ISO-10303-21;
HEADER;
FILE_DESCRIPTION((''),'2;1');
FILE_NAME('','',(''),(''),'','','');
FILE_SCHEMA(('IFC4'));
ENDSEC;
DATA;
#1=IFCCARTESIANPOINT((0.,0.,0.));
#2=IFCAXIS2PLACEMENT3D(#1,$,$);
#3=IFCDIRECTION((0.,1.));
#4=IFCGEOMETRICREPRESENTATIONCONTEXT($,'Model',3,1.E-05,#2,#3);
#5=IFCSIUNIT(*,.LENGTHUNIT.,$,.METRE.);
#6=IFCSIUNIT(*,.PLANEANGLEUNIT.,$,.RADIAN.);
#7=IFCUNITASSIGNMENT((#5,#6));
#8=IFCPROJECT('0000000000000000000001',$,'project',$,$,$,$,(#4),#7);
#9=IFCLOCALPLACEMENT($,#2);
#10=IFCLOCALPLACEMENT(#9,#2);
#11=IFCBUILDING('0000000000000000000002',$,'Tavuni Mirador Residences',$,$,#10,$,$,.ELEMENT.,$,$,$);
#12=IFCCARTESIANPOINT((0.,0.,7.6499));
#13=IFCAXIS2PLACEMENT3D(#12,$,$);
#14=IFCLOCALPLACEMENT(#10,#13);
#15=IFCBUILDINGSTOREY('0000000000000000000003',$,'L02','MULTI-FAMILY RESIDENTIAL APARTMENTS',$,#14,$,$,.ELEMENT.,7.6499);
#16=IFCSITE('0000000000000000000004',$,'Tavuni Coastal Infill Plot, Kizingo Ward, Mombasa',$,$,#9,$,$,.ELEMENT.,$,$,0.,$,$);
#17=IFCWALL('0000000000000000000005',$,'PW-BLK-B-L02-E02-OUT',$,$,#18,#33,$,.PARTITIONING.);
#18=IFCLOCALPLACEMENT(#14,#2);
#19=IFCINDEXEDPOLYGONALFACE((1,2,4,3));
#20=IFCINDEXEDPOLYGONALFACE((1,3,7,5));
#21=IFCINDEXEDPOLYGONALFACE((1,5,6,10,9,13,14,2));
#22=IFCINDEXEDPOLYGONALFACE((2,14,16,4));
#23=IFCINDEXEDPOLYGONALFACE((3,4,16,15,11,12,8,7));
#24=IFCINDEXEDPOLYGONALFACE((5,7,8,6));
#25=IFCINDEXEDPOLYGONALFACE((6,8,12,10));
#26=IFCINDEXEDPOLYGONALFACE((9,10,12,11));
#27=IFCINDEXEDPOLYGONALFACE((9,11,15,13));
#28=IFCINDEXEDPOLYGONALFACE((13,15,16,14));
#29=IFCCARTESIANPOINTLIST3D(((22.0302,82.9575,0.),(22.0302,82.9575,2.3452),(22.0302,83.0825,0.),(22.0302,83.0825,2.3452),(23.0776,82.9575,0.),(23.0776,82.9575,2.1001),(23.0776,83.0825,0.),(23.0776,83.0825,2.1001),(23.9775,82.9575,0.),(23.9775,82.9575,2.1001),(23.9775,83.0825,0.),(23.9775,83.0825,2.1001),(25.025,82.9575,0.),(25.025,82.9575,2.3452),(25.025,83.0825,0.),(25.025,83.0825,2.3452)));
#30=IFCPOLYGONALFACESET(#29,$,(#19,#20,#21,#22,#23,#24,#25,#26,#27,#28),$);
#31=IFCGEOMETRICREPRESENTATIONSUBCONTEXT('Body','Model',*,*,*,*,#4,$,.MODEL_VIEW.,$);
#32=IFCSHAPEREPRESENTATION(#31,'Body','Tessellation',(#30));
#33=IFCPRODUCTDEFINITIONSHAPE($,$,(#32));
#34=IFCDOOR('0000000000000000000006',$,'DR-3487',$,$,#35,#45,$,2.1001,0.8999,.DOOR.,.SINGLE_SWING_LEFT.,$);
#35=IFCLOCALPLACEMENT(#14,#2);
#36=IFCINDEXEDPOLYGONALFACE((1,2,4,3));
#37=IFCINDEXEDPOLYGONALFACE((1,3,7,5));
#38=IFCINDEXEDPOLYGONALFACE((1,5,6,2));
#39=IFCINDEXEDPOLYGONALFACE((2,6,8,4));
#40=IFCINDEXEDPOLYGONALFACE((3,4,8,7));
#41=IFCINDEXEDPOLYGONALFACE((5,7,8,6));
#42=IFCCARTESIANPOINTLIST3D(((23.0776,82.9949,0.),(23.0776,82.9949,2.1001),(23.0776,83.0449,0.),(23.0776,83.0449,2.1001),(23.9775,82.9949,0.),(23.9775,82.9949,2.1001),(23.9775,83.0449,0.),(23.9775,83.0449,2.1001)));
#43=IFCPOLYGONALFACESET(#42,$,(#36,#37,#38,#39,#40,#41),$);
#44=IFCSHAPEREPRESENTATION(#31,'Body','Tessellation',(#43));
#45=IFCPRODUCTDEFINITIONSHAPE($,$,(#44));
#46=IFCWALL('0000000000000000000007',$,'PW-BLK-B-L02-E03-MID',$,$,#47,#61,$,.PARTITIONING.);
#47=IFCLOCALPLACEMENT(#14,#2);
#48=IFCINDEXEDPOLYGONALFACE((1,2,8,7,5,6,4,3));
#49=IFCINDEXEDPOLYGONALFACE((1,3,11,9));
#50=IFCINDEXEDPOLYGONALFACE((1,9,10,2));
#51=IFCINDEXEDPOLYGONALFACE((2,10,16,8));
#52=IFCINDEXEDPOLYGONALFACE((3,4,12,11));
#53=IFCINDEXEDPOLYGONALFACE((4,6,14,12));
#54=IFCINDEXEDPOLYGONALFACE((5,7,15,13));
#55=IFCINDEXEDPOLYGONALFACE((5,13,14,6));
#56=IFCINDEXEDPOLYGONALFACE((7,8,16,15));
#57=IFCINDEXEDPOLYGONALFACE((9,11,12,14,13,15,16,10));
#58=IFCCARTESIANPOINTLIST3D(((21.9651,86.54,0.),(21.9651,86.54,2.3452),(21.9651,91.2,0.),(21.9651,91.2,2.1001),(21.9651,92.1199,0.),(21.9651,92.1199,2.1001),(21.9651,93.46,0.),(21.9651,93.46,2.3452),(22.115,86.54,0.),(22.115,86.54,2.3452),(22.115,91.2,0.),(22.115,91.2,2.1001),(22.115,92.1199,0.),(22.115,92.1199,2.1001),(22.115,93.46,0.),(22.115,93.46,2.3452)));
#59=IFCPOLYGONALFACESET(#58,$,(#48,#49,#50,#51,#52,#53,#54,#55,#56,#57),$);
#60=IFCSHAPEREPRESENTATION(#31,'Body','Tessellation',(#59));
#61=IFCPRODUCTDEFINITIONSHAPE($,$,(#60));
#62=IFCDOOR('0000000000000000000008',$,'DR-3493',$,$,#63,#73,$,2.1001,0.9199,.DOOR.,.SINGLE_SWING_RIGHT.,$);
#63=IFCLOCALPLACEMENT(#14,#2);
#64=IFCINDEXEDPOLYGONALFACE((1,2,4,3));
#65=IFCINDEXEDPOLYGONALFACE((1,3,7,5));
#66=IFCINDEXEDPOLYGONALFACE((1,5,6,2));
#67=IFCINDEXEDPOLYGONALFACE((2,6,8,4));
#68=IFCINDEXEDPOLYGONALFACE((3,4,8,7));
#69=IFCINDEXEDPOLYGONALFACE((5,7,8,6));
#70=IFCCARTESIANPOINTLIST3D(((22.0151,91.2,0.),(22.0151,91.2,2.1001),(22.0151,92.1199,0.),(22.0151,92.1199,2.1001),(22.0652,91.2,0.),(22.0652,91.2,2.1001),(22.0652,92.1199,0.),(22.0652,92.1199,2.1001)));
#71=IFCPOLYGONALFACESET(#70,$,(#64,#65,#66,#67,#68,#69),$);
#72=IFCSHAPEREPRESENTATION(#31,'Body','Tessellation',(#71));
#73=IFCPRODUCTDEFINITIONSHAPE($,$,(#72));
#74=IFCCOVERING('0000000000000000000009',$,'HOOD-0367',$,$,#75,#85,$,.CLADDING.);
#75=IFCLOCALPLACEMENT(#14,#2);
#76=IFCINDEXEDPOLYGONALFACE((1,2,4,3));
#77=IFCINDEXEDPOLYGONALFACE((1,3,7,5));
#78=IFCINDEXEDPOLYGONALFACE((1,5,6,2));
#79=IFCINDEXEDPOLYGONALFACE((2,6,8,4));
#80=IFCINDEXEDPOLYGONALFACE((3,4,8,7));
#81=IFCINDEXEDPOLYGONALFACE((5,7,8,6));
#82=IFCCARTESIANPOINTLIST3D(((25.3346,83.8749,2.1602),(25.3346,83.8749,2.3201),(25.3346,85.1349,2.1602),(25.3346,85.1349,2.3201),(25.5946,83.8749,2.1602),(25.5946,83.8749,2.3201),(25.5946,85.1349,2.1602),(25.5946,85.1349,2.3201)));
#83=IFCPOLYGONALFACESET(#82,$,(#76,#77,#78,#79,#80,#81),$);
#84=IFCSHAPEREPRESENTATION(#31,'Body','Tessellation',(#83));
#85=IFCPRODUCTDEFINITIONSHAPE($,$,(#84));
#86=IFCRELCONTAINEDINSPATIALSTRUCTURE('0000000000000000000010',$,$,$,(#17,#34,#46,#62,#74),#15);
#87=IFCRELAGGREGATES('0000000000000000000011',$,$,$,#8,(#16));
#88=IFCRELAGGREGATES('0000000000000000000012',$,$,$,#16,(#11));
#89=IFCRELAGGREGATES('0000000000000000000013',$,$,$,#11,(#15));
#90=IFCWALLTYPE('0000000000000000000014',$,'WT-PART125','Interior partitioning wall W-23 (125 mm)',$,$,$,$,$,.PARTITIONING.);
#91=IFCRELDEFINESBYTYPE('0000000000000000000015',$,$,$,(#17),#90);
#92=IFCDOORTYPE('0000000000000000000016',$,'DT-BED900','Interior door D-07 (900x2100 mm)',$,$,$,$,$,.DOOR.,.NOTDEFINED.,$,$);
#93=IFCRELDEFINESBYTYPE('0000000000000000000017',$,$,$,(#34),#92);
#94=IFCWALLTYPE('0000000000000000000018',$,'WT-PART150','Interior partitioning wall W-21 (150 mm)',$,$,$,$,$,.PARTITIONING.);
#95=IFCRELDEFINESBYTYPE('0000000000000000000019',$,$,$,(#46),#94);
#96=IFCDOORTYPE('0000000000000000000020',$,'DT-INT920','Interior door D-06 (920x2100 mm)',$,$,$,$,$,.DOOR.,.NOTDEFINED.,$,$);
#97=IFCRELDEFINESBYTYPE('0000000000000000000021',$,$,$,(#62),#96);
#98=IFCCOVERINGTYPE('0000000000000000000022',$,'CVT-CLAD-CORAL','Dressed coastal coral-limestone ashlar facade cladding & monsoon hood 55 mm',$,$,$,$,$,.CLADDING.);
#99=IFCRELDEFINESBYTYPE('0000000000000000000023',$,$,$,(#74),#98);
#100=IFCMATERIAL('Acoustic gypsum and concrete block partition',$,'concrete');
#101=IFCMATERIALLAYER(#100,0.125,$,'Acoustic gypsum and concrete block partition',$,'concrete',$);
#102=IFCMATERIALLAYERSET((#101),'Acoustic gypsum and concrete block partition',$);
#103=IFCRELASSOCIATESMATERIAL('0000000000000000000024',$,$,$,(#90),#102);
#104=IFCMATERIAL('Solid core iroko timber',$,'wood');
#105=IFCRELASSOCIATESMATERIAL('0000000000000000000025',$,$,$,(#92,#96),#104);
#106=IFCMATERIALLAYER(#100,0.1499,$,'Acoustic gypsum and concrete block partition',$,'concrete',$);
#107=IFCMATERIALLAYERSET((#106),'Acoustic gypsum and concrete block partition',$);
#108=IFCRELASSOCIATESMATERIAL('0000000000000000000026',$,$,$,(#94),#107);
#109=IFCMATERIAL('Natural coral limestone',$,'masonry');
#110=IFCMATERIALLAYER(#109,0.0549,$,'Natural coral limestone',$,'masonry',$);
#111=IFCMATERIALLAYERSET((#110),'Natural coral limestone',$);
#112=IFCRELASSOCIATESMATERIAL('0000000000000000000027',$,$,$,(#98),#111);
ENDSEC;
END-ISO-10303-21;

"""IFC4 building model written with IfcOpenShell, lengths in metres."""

from ifc_helpers import new_model, si_unit, direction, frame, frame_2d, origin, origin_2d, place, context, subcontext, project, spatial, rectangle, extrude, material, layer, layer_set, type_object, element, fill, save


model = new_model("IFC4")

# Units and contexts
model_context = context("Model", 3, precision=1e-05, world=origin(), true_north=direction((0.0, 1.0)))
body_context = subcontext(model_context, "Body", "Model", "MODEL_VIEW")
ifc_project = project(units=[si_unit("LENGTHUNIT", "METRE"), si_unit("PLANEANGLEUNIT", "RADIAN")], contexts=[model_context])

# Site, building, storey
site_placement = place(None, origin())
site = spatial("IfcSite", under=ifc_project, at=site_placement, Name="Tavuni Coastal Infill Plot, Kizingo Ward, Mombasa", CompositionType="ELEMENT", RefElevation=0.0)
building_placement = place(site_placement, origin())
building = spatial("IfcBuilding", under=site, at=building_placement, Name="Tavuni Mirador Residences", CompositionType="ELEMENT")
storey_placement = place(building_placement, frame((0.0, 0.0, 7.6499)))
storey = spatial("IfcBuildingStorey", under=building, at=storey_placement, Name="L02", Description="MULTI-FAMILY RESIDENTIAL APARTMENTS", CompositionType="ELEMENT", Elevation=7.6499)

# Walls, openings, doors
ifc_material_1 = material(Name="Acoustic gypsum and concrete block partition", Category="concrete")
ifc_layer_1 = layer(ifc_material_1, 0.125, Name="Acoustic gypsum and concrete block partition", Category="concrete")
ifc_layer_set_1 = layer_set([ifc_layer_1], Name="Acoustic gypsum and concrete block partition")
wall_type_1 = type_object("IfcWallType", Name="WT-PART125", Description="Interior partitioning wall W-23 (125 mm)", PredefinedType="PARTITIONING", material=ifc_layer_set_1)
wall_1_placement = place(storey_placement, frame((22.03, 83.02, 0.0), z_axis=(0.0, 0.0, 1.0), x_axis=(1.0, 0.0, 0.0)))
wall_1 = element("IfcWall", 1, at=wall_1_placement, inside=storey, type_object=wall_type_1, Name="PW-BLK-B-L02-E02-OUT", PredefinedType="PARTITIONING", context=body_context, shape_type="SweptSolid", body=[
    extrude(rectangle(XDim=2.9949, YDim=0.125, at=frame_2d((1.4976, 0.0))), origin(), (0.0, 0.0, 1.0), 2.3452),
])
opening_1_placement = place(wall_1_placement, frame((1.0476, 0.0, 0.0)))
opening_1 = element("IfcOpeningElement", 2, at=opening_1_placement, cuts=wall_1, PredefinedType="OPENING", context=body_context, shape_type="SweptSolid", body=[
    extrude(rectangle(XDim=0.8999, YDim=2.1001, at=frame_2d((0.45, 1.05))), frame((0.0, 0.0725, 0.0), z_axis=(0.0, -1.0, 0.0), x_axis=(1.0, 0.0, 0.0)), (0.0, 0.0, 1.0), 0.145),
])
ifc_material_2 = material(Name="Solid core iroko timber", Category="wood")
door_type_1 = type_object("IfcDoorType", Name="DT-BED900", Description="Interior door D-07 (900x2100 mm)", OperationType="NOTDEFINED", PredefinedType="DOOR", material=ifc_material_2)
door_1_placement = place(opening_1_placement, origin())
door_1 = element("IfcDoor", 3, at=door_1_placement, inside=storey, type_object=door_type_1, Name="DR-3487", OperationType="SINGLE_SWING_LEFT", OverallHeight=2.1001, OverallWidth=0.8999, PredefinedType="DOOR", context=body_context, shape_type="SweptSolid", body=[
    extrude(rectangle(XDim=0.8999, YDim=2.1001, at=frame_2d((0.45, 1.05))), frame((0.0, 0.0249, 0.0), z_axis=(0.0, -1.0, 0.0), x_axis=(1.0, 0.0, 0.0)), (0.0, 0.0, 1.0), 0.05),
])
fill(opening_1, door_1)
ifc_layer_2 = layer(ifc_material_1, 0.1499, Name="Acoustic gypsum and concrete block partition", Category="concrete")
ifc_layer_set_2 = layer_set([ifc_layer_2], Name="Acoustic gypsum and concrete block partition")
wall_type_2 = type_object("IfcWallType", Name="WT-PART150", Description="Interior partitioning wall W-21 (150 mm)", PredefinedType="PARTITIONING", material=ifc_layer_set_2)
wall_2_placement = place(storey_placement, frame((22.04, 86.54, 0.0), z_axis=(0.0, 0.0, 1.0), x_axis=(0.0, 1.0, 0.0)))
wall_2 = element("IfcWall", 4, at=wall_2_placement, inside=storey, type_object=wall_type_2, Name="PW-BLK-B-L02-E03-MID", PredefinedType="PARTITIONING", context=body_context, shape_type="SweptSolid", body=[
    extrude(rectangle(XDim=6.9199, YDim=0.1499, at=frame_2d((3.46, 0.0))), origin(), (0.0, 0.0, 1.0), 2.3452),
])
opening_2_placement = place(wall_2_placement, frame((4.6599, 0.0, 0.0)))
opening_2 = element("IfcOpeningElement", 5, at=opening_2_placement, cuts=wall_2, PredefinedType="OPENING", context=body_context, shape_type="SweptSolid", body=[
    extrude(rectangle(XDim=0.9199, YDim=2.1001, at=frame_2d((0.46, 1.05))), frame((0.0, 0.085, 0.0), z_axis=(0.0, -1.0, 0.0), x_axis=(1.0, 0.0, 0.0)), (0.0, 0.0, 1.0), 0.1699),
])
door_type_2 = type_object("IfcDoorType", Name="DT-INT920", Description="Interior door D-06 (920x2100 mm)", OperationType="NOTDEFINED", PredefinedType="DOOR", material=ifc_material_2)
door_2_placement = place(opening_2_placement, origin())
door_2 = element("IfcDoor", 6, at=door_2_placement, inside=storey, type_object=door_type_2, Name="DR-3493", OperationType="SINGLE_SWING_RIGHT", OverallHeight=2.1001, OverallWidth=0.9199, PredefinedType="DOOR", context=body_context, shape_type="SweptSolid", body=[
    extrude(rectangle(XDim=0.9199, YDim=2.1001, at=frame_2d((0.46, 1.05))), frame((0.0, 0.0249, 0.0), z_axis=(0.0, -1.0, 0.0), x_axis=(1.0, 0.0, 0.0)), (0.0, 0.0, 1.0), 0.05),
])
fill(opening_2, door_2)

# Covering
ifc_material_3 = material(Name="Natural coral limestone", Category="masonry")
ifc_layer_3 = layer(ifc_material_3, 0.0549, Name="Natural coral limestone", Category="masonry")
ifc_layer_set_3 = layer_set([ifc_layer_3], Name="Natural coral limestone")
covering_type = type_object("IfcCoveringType", Name="CVT-CLAD-CORAL", Description="Dressed coastal coral-limestone ashlar facade cladding & monsoon hood 55 mm", PredefinedType="CLADDING", material=ifc_layer_set_3)
covering_placement = place(storey_placement, frame((25.4646, 84.5049, 2.1602), z_axis=(0.0, 0.0, 1.0), x_axis=(0.0, 1.0, 0.0)))
element("IfcCovering", 7, at=covering_placement, inside=storey, type_object=covering_type, Name="HOOD-0367", PredefinedType="CLADDING", context=body_context, shape_type="SweptSolid", body=[
    extrude(rectangle(XDim=1.26, YDim=0.26, at=origin_2d()), origin(), (0.0, 0.0, 1.0), 0.1599),
])

save(model, "model.ifc")
